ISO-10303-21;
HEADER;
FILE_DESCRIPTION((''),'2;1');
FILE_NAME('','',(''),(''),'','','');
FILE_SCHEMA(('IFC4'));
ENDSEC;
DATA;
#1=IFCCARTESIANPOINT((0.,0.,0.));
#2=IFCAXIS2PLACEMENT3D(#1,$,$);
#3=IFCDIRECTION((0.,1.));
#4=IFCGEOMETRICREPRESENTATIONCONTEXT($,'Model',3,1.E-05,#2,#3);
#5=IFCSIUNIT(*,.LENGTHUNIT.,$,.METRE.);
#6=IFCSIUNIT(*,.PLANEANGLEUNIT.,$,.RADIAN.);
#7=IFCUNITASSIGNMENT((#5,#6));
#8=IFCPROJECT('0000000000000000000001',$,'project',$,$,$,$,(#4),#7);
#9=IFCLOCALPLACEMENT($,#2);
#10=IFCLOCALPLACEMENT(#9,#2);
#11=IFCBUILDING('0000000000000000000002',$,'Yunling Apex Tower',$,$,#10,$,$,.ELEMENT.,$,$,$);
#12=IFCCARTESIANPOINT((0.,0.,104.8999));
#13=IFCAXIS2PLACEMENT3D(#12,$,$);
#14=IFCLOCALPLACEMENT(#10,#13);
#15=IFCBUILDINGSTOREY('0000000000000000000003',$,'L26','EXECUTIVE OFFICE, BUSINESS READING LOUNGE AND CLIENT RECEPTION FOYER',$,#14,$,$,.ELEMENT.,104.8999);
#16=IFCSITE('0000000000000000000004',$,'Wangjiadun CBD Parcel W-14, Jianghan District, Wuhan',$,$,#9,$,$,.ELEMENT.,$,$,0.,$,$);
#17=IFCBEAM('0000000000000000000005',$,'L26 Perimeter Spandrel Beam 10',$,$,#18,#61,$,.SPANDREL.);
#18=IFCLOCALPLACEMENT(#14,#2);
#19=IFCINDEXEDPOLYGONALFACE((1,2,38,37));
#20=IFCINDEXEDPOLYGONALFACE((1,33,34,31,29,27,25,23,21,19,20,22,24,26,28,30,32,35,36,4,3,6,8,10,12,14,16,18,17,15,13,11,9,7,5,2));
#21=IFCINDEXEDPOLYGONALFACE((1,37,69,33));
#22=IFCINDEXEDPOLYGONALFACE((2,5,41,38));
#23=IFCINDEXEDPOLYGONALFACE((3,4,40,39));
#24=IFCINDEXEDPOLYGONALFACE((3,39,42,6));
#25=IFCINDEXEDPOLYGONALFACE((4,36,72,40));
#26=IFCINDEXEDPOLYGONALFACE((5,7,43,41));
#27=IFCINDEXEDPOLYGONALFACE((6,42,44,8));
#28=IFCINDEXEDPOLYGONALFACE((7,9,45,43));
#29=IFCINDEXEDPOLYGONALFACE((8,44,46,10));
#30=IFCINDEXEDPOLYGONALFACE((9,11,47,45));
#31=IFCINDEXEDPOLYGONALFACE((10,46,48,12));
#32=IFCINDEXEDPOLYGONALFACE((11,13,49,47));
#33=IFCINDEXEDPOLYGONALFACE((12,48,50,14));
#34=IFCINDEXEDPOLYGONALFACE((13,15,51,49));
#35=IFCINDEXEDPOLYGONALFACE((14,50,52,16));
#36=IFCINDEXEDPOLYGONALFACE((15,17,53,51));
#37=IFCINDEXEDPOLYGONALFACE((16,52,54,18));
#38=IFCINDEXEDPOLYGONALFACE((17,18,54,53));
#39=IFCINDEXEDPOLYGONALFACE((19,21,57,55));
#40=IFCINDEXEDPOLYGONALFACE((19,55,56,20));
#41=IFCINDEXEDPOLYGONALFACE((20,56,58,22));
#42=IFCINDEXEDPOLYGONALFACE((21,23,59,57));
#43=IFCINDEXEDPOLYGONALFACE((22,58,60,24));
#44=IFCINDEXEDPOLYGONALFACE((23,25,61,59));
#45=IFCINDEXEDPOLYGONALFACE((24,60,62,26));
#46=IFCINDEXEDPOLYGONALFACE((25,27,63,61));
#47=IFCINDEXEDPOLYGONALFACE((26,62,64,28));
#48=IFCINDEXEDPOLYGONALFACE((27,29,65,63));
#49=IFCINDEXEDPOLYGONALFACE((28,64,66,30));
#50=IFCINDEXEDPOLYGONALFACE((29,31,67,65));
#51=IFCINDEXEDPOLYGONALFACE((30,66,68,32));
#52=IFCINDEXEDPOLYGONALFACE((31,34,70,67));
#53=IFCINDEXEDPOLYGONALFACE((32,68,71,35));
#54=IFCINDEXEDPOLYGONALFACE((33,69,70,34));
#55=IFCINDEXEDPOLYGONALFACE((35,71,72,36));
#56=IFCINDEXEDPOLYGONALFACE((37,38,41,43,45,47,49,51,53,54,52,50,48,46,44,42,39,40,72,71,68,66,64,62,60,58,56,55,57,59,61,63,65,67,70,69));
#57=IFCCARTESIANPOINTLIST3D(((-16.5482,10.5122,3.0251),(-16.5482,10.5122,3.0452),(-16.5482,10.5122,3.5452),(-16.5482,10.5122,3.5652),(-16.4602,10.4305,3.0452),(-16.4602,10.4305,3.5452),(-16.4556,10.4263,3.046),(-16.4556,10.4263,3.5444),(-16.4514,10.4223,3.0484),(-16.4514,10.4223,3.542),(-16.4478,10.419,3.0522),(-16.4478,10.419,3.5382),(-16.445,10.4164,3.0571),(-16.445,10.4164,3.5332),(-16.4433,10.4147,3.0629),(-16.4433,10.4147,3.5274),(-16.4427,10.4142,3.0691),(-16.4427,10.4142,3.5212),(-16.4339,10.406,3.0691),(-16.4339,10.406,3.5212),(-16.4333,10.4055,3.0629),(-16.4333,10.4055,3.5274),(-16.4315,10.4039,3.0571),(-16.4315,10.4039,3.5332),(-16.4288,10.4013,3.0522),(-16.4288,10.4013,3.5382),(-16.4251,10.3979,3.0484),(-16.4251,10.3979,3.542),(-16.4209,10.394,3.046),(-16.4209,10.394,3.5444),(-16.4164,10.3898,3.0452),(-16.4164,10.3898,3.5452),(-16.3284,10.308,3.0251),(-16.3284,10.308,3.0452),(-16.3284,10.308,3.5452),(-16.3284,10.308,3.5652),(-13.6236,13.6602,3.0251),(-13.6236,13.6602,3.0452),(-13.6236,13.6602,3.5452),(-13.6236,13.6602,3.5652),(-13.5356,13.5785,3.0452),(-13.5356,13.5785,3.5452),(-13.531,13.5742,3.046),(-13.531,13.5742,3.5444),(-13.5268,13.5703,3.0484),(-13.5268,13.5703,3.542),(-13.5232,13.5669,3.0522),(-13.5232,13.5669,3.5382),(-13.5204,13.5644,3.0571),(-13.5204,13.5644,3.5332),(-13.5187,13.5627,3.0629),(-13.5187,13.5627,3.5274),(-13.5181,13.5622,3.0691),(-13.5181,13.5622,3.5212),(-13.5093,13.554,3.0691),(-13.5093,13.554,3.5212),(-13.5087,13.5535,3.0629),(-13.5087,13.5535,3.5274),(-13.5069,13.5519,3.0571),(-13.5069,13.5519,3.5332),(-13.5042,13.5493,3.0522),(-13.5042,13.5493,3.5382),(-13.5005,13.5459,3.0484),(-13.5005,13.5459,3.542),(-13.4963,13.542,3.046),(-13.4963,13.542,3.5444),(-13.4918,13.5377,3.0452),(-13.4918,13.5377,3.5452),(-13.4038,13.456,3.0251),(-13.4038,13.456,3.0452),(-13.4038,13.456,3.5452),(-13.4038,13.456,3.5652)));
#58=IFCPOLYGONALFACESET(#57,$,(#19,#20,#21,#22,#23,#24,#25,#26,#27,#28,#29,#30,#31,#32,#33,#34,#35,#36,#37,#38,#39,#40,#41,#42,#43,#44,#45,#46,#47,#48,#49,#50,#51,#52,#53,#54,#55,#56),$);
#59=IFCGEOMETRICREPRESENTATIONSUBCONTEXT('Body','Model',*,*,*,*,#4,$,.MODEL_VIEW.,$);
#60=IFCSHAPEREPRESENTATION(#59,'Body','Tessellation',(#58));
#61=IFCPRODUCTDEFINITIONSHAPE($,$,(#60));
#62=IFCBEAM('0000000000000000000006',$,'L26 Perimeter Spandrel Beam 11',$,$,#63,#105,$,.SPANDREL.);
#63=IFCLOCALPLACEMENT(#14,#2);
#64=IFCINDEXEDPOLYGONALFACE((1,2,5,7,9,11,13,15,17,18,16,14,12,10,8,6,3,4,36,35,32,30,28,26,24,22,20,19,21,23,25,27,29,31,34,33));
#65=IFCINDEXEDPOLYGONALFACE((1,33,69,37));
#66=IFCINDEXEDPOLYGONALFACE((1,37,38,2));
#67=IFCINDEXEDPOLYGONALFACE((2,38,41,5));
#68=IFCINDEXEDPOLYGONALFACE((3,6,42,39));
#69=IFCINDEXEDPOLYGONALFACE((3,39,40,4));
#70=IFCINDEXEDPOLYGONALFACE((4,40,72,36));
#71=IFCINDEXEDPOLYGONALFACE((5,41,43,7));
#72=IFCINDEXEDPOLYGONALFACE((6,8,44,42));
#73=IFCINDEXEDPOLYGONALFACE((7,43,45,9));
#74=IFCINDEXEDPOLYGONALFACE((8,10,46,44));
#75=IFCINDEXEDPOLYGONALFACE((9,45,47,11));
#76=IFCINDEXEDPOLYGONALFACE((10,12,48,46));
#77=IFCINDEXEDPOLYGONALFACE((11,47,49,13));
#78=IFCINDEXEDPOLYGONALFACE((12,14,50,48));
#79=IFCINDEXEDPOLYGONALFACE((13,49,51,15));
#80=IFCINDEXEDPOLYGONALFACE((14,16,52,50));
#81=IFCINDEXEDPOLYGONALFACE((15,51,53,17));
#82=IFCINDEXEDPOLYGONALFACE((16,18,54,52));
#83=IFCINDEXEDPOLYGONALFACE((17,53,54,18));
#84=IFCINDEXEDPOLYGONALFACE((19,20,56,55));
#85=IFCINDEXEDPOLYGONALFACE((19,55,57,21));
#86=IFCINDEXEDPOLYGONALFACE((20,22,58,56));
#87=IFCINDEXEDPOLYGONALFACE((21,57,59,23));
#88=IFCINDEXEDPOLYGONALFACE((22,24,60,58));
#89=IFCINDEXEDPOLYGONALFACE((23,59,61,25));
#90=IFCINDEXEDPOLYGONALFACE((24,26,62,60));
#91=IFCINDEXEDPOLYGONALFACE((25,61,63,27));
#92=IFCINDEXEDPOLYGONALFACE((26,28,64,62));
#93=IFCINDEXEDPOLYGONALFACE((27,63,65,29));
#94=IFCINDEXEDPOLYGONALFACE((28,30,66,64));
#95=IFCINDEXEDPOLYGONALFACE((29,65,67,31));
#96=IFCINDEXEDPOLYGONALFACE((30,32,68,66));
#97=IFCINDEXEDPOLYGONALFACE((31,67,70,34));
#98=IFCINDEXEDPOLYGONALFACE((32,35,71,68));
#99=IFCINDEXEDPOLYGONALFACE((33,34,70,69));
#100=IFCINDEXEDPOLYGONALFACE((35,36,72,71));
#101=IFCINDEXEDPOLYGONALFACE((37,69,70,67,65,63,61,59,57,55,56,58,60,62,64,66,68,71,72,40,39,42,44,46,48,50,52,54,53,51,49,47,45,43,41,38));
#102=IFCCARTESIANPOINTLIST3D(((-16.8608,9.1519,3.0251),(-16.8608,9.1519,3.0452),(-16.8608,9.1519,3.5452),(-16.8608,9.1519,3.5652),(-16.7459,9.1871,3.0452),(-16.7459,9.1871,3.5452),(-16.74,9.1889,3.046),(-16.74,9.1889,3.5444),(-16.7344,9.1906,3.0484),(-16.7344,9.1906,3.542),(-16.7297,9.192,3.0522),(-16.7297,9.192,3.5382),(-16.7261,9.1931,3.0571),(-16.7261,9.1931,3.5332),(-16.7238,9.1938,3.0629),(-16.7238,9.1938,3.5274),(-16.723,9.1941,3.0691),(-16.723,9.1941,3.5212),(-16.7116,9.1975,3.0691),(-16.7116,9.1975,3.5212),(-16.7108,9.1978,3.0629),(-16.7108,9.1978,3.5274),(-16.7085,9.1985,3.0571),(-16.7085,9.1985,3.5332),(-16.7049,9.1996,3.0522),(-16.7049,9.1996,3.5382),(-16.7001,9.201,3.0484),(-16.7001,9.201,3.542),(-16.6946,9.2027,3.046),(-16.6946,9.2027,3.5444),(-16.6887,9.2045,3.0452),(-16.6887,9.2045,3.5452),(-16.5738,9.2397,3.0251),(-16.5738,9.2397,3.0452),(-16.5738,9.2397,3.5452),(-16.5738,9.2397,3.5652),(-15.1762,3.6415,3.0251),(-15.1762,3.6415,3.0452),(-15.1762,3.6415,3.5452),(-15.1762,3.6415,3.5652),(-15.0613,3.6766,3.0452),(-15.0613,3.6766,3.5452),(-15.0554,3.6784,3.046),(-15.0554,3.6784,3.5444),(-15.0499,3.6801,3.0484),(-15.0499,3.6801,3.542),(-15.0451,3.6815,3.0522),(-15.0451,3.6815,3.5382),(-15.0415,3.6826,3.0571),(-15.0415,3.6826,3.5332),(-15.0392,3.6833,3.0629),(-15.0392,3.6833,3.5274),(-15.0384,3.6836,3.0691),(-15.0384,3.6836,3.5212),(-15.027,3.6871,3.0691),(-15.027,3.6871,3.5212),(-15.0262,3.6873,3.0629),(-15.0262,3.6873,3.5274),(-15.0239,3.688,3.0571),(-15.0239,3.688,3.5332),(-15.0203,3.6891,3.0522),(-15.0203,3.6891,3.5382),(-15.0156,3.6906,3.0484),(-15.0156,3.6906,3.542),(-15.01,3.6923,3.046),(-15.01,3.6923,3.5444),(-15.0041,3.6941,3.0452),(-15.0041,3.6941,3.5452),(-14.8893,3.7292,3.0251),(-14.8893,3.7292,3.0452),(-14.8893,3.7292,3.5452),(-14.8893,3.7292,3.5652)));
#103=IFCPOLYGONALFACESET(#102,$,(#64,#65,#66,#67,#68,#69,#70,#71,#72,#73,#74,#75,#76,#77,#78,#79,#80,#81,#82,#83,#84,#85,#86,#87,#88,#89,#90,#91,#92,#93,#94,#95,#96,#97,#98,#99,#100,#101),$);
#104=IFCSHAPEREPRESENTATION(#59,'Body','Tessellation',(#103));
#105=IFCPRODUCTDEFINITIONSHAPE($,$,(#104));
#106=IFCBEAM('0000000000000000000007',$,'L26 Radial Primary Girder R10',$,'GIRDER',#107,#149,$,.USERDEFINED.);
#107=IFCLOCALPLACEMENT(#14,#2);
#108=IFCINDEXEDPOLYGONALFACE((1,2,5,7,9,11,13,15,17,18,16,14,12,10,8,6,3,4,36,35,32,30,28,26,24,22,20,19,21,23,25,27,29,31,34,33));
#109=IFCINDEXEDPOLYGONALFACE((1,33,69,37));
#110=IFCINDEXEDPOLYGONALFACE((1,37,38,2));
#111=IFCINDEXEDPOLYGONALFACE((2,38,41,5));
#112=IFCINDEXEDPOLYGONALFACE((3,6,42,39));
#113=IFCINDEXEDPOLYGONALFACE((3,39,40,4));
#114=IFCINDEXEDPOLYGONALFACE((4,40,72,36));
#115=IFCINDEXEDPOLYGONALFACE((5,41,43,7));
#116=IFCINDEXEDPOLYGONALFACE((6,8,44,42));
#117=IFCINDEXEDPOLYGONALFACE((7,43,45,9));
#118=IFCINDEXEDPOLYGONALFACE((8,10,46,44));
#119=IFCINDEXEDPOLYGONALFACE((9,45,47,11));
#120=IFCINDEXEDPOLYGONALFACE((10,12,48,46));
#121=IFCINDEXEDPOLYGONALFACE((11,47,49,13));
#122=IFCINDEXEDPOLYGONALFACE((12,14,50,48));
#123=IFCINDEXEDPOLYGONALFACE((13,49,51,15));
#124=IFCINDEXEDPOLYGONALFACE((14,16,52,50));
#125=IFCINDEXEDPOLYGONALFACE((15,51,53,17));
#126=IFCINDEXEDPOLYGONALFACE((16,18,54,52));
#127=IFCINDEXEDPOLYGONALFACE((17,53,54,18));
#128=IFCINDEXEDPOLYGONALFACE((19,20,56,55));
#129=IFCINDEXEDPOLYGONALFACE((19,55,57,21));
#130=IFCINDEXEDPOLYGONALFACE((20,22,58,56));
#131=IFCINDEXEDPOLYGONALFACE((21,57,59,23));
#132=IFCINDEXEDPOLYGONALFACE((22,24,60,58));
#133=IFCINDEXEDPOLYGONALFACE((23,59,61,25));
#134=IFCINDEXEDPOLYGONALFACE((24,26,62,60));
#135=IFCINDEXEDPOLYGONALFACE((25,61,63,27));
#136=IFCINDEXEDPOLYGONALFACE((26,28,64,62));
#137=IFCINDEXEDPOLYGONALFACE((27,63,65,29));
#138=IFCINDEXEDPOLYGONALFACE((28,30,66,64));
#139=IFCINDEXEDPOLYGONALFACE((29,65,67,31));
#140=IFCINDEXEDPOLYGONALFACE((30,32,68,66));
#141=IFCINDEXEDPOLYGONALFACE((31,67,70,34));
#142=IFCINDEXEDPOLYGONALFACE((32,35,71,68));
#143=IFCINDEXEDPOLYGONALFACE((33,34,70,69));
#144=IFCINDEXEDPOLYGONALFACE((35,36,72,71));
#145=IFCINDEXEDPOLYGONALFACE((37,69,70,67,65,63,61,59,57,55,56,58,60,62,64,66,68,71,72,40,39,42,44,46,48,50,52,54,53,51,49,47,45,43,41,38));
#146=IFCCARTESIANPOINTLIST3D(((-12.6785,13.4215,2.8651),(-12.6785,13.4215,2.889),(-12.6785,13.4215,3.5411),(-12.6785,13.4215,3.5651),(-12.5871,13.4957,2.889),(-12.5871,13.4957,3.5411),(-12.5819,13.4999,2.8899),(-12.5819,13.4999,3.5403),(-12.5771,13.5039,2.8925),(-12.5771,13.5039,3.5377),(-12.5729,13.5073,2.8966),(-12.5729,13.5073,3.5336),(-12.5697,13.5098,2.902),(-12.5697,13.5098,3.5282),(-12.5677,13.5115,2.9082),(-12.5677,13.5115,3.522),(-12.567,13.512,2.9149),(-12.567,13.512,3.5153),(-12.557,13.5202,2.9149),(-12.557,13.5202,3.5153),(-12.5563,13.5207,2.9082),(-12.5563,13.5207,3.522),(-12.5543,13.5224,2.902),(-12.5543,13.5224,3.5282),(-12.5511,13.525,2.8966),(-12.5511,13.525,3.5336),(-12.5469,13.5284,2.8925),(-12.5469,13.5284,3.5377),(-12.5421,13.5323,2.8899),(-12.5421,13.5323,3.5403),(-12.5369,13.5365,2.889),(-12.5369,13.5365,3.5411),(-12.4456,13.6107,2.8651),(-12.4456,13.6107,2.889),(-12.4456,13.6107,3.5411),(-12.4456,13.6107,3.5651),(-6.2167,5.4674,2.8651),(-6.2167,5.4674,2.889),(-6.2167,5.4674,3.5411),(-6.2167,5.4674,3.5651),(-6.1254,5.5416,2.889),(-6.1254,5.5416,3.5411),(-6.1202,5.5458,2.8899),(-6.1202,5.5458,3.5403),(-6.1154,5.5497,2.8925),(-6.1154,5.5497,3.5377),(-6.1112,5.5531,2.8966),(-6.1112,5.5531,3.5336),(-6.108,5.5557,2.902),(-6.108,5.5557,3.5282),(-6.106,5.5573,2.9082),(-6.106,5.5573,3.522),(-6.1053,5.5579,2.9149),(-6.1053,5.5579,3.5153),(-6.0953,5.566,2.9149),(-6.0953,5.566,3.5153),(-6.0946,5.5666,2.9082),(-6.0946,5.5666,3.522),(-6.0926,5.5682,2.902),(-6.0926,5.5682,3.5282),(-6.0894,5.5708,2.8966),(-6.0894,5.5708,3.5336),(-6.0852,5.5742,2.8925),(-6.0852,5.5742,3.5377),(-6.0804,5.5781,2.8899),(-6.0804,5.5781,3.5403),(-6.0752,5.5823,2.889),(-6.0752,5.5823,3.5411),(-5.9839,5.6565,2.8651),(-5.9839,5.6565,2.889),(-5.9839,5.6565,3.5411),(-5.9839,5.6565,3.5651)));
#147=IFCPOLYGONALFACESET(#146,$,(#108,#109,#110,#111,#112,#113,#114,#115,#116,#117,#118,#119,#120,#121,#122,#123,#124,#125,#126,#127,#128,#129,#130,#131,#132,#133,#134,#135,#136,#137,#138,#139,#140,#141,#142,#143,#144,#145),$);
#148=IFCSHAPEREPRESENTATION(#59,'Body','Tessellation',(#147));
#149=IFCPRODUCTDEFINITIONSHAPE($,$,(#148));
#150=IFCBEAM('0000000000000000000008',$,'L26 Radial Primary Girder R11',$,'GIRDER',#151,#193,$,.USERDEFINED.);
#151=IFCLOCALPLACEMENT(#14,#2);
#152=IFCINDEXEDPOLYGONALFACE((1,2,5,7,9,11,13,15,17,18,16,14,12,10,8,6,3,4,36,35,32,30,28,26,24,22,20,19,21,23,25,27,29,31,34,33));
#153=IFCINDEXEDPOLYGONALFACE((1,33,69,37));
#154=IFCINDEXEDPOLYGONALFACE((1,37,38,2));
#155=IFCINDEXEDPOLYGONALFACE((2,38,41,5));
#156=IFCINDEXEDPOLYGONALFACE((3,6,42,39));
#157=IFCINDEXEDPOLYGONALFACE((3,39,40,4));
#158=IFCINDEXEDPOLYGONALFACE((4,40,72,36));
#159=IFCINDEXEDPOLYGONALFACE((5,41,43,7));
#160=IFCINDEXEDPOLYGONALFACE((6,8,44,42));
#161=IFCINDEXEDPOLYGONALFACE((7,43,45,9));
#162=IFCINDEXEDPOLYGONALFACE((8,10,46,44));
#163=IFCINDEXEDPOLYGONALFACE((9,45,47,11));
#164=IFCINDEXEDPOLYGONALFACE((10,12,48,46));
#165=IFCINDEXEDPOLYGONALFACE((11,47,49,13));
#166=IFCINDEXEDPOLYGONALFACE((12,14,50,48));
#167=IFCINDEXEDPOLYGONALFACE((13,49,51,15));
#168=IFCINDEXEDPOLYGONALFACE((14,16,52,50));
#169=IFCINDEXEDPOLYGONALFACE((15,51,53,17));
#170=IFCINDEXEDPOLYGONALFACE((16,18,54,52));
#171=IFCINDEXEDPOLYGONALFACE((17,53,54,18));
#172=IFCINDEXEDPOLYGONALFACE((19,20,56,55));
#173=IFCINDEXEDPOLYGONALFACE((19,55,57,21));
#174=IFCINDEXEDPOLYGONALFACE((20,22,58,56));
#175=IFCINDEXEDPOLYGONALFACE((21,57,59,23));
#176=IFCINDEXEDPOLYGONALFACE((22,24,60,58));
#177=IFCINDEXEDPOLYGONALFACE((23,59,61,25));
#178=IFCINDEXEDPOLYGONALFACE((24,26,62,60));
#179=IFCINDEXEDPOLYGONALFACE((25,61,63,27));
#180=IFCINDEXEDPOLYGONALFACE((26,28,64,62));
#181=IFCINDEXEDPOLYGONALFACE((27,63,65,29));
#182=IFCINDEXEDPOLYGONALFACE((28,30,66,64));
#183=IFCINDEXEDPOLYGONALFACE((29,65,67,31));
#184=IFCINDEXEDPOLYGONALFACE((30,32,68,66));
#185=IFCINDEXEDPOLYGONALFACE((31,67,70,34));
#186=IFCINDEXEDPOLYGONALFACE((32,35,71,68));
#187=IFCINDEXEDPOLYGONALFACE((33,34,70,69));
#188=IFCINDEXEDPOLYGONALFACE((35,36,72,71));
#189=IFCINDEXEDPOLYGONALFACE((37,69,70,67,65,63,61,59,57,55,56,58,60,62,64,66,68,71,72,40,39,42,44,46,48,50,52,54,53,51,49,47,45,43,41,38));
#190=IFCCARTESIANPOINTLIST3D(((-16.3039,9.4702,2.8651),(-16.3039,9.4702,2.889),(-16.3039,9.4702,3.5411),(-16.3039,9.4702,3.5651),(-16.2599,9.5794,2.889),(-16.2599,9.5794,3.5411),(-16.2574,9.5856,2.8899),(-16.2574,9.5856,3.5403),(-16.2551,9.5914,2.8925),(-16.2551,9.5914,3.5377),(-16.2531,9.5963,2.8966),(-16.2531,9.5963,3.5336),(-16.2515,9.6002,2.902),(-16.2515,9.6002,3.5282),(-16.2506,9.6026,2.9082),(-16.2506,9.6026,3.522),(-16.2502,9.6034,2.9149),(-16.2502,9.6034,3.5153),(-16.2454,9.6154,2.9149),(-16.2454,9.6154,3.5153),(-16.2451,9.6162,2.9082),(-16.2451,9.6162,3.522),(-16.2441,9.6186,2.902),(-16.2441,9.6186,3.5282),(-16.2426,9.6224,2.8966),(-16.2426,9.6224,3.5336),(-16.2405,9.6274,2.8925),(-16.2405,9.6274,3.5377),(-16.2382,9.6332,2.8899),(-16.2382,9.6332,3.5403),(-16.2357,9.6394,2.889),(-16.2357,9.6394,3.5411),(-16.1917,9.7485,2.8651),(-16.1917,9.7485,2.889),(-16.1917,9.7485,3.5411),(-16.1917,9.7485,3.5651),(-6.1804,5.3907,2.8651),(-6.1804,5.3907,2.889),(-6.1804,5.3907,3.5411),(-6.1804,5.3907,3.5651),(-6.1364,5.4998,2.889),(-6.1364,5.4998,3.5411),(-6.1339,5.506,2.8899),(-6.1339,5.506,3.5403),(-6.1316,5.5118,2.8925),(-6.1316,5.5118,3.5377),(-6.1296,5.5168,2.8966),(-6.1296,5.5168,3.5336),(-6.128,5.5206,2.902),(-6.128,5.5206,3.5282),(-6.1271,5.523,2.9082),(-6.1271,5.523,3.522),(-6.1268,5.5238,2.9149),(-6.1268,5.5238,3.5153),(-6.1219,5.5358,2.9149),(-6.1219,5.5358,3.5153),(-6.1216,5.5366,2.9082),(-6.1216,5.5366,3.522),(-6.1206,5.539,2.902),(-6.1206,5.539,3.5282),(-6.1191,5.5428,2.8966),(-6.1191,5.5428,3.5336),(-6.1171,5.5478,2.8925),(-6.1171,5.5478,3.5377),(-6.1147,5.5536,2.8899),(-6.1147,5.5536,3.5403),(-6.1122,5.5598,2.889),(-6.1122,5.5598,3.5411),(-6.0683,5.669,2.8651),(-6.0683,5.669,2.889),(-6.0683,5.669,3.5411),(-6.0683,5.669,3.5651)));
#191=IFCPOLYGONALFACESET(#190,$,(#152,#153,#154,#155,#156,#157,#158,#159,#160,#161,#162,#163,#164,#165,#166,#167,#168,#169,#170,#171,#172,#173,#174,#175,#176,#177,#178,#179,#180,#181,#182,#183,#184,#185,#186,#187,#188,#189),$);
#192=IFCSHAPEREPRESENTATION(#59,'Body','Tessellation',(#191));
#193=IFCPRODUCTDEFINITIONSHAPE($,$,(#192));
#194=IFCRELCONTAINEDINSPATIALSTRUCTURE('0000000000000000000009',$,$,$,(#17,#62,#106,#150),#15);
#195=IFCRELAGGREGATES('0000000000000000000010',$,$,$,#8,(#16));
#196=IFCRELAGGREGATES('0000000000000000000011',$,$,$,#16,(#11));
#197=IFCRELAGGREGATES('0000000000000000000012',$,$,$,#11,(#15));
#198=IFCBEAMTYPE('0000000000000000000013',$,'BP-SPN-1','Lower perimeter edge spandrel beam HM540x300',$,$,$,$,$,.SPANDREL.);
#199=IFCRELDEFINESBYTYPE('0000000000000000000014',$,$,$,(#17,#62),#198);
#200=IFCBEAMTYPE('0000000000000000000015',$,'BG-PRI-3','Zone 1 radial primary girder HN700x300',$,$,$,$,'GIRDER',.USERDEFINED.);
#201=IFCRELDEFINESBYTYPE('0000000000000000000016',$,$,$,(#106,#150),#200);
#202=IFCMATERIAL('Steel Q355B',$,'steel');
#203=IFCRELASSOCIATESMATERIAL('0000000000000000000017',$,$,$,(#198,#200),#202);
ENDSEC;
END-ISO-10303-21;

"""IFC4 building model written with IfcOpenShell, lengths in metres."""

from ifc_helpers import new_model, si_unit, direction, frame, origin, origin_2d, place, context, subcontext, project, spatial, i_section, extrude, source, transform, mapped, material, material_profile, profile_set, type_object, element, save


model = new_model("IFC4")

# Units and contexts
model_context = context("Model", 3, precision=1e-05, world=origin(), true_north=direction((0.0, 1.0)))
body_context = subcontext(model_context, "Body", "Model", "MODEL_VIEW")
ifc_project = project(units=[si_unit("LENGTHUNIT", "METRE"), si_unit("PLANEANGLEUNIT", "RADIAN")], contexts=[model_context])

# Site, building, storey
site_placement = place(None, origin())
site = spatial("IfcSite", under=ifc_project, at=site_placement, Name="Wangjiadun CBD Parcel W-14, Jianghan District, Wuhan", CompositionType="ELEMENT", RefElevation=0.0)
building_placement = place(site_placement, origin())
building = spatial("IfcBuilding", under=site, at=building_placement, Name="Yunling Apex Tower", CompositionType="ELEMENT")
storey_placement = place(building_placement, frame((0.0, 0.0, 104.8999)))
storey = spatial("IfcBuildingStorey", under=building, at=storey_placement, Name="L26", Description="EXECUTIVE OFFICE, BUSINESS READING LOUNGE AND CLIENT RECEPTION FOYER", CompositionType="ELEMENT", Elevation=104.8999)

# Beams
ifc_material_1 = material(Name="Steel Q355B", Category="steel")
ifc_material_profile_1 = material_profile(ifc_material_1, i_section(OverallWidth=0.3, OverallDepth=0.54, WebThickness=0.012, FlangeThickness=0.02, FilletRadius=0.0239, at=origin_2d()))
ifc_profile_set_1 = profile_set([ifc_material_profile_1], Name="Steel Q355B")
beam_type_1 = type_object("IfcBeamType", Name="BP-SPN-1", Description="Lower perimeter edge spandrel beam HM540x300", PredefinedType="SPANDREL", material=ifc_profile_set_1)
shared_shape_1 = source(origin(), body_context, "Body", "SweptSolid", [
    extrude(i_section(OverallWidth=0.3, OverallDepth=0.54, WebThickness=0.012, FlangeThickness=0.02, FilletRadius=0.0239, at=origin_2d()), origin(), (0.0, 0.0, 1.0), 4.2969),
])
beam_1_placement = place(storey_placement, frame((-13.5137, 13.5581, 3.2952), z_axis=(-0.680634, -0.732623, 0.0), x_axis=(0.732623, -0.680634, 0.0)))
element("IfcBeam", 1, at=beam_1_placement, inside=storey, type_object=beam_type_1, Name="L26 Perimeter Spandrel Beam 10", PredefinedType="SPANDREL", context=body_context, shape_type="MappedRepresentation", body=[
    mapped(shared_shape_1, transform((0.0, 0.0, 0.0), scale=1.0)),
])
shared_shape_2 = source(origin(), body_context, "Body", "SweptSolid", [
    extrude(i_section(OverallWidth=0.3, OverallDepth=0.54, WebThickness=0.012, FlangeThickness=0.02, FilletRadius=0.0239, at=origin_2d()), origin(), (0.0, 0.0, 1.0), 5.7622),
])
beam_2_placement = place(storey_placement, frame((-16.7173, 9.1958, 3.2952), z_axis=(0.292347, -0.956312, 0.0), x_axis=(0.956312, 0.292347, 0.0)))
element("IfcBeam", 2, at=beam_2_placement, inside=storey, type_object=beam_type_1, Name="L26 Perimeter Spandrel Beam 11", PredefinedType="SPANDREL", context=body_context, shape_type="MappedRepresentation", body=[
    mapped(shared_shape_2, transform((0.0, 0.0, 0.0), scale=1.0)),
])
ifc_material_profile_2 = material_profile(ifc_material_1, i_section(OverallWidth=0.3, OverallDepth=0.7, WebThickness=0.0129, FlangeThickness=0.0239, FilletRadius=0.0259, at=origin_2d()))
ifc_profile_set_2 = profile_set([ifc_material_profile_2], Name="Steel Q355B")
beam_type_2 = type_object("IfcBeamType", Name="BG-PRI-3", Description="Zone 1 radial primary girder HN700x300", ElementType="GIRDER", PredefinedType="USERDEFINED", material=ifc_profile_set_2)
shared_shape_3 = source(origin(), body_context, "Body", "SweptSolid", [
    extrude(i_section(OverallWidth=0.3, OverallDepth=0.7, WebThickness=0.0129, FlangeThickness=0.0239, FilletRadius=0.0259, at=origin_2d()), origin(), (0.0, 0.0, 1.0), 10.248),
])
beam_3_placement = place(storey_placement, frame((-12.562, 13.5161, 3.2151), z_axis=(0.630532, -0.776164, 0.0), x_axis=(0.776164, 0.630532, 0.0)))
element("IfcBeam", 3, at=beam_3_placement, inside=storey, type_object=beam_type_2, Name="L26 Radial Primary Girder R10", ObjectType="GIRDER", PredefinedType="USERDEFINED", context=body_context, shape_type="MappedRepresentation", body=[
    mapped(shared_shape_3, transform((0.0, 0.0, 0.0), scale=1.0)),
])
shared_shape_4 = source(origin(), body_context, "Body", "SweptSolid", [
    extrude(i_section(OverallWidth=0.3, OverallDepth=0.7, WebThickness=0.0129, FlangeThickness=0.0239, FilletRadius=0.0259, at=origin_2d()), origin(), (0.0, 0.0, 1.0), 10.9146),
])
beam_4_placement = place(storey_placement, frame((-16.2478, 9.6094, 3.2151), z_axis=(0.92752, -0.373773, 0.0), x_axis=(0.373773, 0.92752, 0.0)))
element("IfcBeam", 4, at=beam_4_placement, inside=storey, type_object=beam_type_2, Name="L26 Radial Primary Girder R11", ObjectType="GIRDER", PredefinedType="USERDEFINED", context=body_context, shape_type="MappedRepresentation", body=[
    mapped(shared_shape_4, transform((0.0, 0.0, 0.0), scale=1.0)),
])

save(model, "model.ifc")
